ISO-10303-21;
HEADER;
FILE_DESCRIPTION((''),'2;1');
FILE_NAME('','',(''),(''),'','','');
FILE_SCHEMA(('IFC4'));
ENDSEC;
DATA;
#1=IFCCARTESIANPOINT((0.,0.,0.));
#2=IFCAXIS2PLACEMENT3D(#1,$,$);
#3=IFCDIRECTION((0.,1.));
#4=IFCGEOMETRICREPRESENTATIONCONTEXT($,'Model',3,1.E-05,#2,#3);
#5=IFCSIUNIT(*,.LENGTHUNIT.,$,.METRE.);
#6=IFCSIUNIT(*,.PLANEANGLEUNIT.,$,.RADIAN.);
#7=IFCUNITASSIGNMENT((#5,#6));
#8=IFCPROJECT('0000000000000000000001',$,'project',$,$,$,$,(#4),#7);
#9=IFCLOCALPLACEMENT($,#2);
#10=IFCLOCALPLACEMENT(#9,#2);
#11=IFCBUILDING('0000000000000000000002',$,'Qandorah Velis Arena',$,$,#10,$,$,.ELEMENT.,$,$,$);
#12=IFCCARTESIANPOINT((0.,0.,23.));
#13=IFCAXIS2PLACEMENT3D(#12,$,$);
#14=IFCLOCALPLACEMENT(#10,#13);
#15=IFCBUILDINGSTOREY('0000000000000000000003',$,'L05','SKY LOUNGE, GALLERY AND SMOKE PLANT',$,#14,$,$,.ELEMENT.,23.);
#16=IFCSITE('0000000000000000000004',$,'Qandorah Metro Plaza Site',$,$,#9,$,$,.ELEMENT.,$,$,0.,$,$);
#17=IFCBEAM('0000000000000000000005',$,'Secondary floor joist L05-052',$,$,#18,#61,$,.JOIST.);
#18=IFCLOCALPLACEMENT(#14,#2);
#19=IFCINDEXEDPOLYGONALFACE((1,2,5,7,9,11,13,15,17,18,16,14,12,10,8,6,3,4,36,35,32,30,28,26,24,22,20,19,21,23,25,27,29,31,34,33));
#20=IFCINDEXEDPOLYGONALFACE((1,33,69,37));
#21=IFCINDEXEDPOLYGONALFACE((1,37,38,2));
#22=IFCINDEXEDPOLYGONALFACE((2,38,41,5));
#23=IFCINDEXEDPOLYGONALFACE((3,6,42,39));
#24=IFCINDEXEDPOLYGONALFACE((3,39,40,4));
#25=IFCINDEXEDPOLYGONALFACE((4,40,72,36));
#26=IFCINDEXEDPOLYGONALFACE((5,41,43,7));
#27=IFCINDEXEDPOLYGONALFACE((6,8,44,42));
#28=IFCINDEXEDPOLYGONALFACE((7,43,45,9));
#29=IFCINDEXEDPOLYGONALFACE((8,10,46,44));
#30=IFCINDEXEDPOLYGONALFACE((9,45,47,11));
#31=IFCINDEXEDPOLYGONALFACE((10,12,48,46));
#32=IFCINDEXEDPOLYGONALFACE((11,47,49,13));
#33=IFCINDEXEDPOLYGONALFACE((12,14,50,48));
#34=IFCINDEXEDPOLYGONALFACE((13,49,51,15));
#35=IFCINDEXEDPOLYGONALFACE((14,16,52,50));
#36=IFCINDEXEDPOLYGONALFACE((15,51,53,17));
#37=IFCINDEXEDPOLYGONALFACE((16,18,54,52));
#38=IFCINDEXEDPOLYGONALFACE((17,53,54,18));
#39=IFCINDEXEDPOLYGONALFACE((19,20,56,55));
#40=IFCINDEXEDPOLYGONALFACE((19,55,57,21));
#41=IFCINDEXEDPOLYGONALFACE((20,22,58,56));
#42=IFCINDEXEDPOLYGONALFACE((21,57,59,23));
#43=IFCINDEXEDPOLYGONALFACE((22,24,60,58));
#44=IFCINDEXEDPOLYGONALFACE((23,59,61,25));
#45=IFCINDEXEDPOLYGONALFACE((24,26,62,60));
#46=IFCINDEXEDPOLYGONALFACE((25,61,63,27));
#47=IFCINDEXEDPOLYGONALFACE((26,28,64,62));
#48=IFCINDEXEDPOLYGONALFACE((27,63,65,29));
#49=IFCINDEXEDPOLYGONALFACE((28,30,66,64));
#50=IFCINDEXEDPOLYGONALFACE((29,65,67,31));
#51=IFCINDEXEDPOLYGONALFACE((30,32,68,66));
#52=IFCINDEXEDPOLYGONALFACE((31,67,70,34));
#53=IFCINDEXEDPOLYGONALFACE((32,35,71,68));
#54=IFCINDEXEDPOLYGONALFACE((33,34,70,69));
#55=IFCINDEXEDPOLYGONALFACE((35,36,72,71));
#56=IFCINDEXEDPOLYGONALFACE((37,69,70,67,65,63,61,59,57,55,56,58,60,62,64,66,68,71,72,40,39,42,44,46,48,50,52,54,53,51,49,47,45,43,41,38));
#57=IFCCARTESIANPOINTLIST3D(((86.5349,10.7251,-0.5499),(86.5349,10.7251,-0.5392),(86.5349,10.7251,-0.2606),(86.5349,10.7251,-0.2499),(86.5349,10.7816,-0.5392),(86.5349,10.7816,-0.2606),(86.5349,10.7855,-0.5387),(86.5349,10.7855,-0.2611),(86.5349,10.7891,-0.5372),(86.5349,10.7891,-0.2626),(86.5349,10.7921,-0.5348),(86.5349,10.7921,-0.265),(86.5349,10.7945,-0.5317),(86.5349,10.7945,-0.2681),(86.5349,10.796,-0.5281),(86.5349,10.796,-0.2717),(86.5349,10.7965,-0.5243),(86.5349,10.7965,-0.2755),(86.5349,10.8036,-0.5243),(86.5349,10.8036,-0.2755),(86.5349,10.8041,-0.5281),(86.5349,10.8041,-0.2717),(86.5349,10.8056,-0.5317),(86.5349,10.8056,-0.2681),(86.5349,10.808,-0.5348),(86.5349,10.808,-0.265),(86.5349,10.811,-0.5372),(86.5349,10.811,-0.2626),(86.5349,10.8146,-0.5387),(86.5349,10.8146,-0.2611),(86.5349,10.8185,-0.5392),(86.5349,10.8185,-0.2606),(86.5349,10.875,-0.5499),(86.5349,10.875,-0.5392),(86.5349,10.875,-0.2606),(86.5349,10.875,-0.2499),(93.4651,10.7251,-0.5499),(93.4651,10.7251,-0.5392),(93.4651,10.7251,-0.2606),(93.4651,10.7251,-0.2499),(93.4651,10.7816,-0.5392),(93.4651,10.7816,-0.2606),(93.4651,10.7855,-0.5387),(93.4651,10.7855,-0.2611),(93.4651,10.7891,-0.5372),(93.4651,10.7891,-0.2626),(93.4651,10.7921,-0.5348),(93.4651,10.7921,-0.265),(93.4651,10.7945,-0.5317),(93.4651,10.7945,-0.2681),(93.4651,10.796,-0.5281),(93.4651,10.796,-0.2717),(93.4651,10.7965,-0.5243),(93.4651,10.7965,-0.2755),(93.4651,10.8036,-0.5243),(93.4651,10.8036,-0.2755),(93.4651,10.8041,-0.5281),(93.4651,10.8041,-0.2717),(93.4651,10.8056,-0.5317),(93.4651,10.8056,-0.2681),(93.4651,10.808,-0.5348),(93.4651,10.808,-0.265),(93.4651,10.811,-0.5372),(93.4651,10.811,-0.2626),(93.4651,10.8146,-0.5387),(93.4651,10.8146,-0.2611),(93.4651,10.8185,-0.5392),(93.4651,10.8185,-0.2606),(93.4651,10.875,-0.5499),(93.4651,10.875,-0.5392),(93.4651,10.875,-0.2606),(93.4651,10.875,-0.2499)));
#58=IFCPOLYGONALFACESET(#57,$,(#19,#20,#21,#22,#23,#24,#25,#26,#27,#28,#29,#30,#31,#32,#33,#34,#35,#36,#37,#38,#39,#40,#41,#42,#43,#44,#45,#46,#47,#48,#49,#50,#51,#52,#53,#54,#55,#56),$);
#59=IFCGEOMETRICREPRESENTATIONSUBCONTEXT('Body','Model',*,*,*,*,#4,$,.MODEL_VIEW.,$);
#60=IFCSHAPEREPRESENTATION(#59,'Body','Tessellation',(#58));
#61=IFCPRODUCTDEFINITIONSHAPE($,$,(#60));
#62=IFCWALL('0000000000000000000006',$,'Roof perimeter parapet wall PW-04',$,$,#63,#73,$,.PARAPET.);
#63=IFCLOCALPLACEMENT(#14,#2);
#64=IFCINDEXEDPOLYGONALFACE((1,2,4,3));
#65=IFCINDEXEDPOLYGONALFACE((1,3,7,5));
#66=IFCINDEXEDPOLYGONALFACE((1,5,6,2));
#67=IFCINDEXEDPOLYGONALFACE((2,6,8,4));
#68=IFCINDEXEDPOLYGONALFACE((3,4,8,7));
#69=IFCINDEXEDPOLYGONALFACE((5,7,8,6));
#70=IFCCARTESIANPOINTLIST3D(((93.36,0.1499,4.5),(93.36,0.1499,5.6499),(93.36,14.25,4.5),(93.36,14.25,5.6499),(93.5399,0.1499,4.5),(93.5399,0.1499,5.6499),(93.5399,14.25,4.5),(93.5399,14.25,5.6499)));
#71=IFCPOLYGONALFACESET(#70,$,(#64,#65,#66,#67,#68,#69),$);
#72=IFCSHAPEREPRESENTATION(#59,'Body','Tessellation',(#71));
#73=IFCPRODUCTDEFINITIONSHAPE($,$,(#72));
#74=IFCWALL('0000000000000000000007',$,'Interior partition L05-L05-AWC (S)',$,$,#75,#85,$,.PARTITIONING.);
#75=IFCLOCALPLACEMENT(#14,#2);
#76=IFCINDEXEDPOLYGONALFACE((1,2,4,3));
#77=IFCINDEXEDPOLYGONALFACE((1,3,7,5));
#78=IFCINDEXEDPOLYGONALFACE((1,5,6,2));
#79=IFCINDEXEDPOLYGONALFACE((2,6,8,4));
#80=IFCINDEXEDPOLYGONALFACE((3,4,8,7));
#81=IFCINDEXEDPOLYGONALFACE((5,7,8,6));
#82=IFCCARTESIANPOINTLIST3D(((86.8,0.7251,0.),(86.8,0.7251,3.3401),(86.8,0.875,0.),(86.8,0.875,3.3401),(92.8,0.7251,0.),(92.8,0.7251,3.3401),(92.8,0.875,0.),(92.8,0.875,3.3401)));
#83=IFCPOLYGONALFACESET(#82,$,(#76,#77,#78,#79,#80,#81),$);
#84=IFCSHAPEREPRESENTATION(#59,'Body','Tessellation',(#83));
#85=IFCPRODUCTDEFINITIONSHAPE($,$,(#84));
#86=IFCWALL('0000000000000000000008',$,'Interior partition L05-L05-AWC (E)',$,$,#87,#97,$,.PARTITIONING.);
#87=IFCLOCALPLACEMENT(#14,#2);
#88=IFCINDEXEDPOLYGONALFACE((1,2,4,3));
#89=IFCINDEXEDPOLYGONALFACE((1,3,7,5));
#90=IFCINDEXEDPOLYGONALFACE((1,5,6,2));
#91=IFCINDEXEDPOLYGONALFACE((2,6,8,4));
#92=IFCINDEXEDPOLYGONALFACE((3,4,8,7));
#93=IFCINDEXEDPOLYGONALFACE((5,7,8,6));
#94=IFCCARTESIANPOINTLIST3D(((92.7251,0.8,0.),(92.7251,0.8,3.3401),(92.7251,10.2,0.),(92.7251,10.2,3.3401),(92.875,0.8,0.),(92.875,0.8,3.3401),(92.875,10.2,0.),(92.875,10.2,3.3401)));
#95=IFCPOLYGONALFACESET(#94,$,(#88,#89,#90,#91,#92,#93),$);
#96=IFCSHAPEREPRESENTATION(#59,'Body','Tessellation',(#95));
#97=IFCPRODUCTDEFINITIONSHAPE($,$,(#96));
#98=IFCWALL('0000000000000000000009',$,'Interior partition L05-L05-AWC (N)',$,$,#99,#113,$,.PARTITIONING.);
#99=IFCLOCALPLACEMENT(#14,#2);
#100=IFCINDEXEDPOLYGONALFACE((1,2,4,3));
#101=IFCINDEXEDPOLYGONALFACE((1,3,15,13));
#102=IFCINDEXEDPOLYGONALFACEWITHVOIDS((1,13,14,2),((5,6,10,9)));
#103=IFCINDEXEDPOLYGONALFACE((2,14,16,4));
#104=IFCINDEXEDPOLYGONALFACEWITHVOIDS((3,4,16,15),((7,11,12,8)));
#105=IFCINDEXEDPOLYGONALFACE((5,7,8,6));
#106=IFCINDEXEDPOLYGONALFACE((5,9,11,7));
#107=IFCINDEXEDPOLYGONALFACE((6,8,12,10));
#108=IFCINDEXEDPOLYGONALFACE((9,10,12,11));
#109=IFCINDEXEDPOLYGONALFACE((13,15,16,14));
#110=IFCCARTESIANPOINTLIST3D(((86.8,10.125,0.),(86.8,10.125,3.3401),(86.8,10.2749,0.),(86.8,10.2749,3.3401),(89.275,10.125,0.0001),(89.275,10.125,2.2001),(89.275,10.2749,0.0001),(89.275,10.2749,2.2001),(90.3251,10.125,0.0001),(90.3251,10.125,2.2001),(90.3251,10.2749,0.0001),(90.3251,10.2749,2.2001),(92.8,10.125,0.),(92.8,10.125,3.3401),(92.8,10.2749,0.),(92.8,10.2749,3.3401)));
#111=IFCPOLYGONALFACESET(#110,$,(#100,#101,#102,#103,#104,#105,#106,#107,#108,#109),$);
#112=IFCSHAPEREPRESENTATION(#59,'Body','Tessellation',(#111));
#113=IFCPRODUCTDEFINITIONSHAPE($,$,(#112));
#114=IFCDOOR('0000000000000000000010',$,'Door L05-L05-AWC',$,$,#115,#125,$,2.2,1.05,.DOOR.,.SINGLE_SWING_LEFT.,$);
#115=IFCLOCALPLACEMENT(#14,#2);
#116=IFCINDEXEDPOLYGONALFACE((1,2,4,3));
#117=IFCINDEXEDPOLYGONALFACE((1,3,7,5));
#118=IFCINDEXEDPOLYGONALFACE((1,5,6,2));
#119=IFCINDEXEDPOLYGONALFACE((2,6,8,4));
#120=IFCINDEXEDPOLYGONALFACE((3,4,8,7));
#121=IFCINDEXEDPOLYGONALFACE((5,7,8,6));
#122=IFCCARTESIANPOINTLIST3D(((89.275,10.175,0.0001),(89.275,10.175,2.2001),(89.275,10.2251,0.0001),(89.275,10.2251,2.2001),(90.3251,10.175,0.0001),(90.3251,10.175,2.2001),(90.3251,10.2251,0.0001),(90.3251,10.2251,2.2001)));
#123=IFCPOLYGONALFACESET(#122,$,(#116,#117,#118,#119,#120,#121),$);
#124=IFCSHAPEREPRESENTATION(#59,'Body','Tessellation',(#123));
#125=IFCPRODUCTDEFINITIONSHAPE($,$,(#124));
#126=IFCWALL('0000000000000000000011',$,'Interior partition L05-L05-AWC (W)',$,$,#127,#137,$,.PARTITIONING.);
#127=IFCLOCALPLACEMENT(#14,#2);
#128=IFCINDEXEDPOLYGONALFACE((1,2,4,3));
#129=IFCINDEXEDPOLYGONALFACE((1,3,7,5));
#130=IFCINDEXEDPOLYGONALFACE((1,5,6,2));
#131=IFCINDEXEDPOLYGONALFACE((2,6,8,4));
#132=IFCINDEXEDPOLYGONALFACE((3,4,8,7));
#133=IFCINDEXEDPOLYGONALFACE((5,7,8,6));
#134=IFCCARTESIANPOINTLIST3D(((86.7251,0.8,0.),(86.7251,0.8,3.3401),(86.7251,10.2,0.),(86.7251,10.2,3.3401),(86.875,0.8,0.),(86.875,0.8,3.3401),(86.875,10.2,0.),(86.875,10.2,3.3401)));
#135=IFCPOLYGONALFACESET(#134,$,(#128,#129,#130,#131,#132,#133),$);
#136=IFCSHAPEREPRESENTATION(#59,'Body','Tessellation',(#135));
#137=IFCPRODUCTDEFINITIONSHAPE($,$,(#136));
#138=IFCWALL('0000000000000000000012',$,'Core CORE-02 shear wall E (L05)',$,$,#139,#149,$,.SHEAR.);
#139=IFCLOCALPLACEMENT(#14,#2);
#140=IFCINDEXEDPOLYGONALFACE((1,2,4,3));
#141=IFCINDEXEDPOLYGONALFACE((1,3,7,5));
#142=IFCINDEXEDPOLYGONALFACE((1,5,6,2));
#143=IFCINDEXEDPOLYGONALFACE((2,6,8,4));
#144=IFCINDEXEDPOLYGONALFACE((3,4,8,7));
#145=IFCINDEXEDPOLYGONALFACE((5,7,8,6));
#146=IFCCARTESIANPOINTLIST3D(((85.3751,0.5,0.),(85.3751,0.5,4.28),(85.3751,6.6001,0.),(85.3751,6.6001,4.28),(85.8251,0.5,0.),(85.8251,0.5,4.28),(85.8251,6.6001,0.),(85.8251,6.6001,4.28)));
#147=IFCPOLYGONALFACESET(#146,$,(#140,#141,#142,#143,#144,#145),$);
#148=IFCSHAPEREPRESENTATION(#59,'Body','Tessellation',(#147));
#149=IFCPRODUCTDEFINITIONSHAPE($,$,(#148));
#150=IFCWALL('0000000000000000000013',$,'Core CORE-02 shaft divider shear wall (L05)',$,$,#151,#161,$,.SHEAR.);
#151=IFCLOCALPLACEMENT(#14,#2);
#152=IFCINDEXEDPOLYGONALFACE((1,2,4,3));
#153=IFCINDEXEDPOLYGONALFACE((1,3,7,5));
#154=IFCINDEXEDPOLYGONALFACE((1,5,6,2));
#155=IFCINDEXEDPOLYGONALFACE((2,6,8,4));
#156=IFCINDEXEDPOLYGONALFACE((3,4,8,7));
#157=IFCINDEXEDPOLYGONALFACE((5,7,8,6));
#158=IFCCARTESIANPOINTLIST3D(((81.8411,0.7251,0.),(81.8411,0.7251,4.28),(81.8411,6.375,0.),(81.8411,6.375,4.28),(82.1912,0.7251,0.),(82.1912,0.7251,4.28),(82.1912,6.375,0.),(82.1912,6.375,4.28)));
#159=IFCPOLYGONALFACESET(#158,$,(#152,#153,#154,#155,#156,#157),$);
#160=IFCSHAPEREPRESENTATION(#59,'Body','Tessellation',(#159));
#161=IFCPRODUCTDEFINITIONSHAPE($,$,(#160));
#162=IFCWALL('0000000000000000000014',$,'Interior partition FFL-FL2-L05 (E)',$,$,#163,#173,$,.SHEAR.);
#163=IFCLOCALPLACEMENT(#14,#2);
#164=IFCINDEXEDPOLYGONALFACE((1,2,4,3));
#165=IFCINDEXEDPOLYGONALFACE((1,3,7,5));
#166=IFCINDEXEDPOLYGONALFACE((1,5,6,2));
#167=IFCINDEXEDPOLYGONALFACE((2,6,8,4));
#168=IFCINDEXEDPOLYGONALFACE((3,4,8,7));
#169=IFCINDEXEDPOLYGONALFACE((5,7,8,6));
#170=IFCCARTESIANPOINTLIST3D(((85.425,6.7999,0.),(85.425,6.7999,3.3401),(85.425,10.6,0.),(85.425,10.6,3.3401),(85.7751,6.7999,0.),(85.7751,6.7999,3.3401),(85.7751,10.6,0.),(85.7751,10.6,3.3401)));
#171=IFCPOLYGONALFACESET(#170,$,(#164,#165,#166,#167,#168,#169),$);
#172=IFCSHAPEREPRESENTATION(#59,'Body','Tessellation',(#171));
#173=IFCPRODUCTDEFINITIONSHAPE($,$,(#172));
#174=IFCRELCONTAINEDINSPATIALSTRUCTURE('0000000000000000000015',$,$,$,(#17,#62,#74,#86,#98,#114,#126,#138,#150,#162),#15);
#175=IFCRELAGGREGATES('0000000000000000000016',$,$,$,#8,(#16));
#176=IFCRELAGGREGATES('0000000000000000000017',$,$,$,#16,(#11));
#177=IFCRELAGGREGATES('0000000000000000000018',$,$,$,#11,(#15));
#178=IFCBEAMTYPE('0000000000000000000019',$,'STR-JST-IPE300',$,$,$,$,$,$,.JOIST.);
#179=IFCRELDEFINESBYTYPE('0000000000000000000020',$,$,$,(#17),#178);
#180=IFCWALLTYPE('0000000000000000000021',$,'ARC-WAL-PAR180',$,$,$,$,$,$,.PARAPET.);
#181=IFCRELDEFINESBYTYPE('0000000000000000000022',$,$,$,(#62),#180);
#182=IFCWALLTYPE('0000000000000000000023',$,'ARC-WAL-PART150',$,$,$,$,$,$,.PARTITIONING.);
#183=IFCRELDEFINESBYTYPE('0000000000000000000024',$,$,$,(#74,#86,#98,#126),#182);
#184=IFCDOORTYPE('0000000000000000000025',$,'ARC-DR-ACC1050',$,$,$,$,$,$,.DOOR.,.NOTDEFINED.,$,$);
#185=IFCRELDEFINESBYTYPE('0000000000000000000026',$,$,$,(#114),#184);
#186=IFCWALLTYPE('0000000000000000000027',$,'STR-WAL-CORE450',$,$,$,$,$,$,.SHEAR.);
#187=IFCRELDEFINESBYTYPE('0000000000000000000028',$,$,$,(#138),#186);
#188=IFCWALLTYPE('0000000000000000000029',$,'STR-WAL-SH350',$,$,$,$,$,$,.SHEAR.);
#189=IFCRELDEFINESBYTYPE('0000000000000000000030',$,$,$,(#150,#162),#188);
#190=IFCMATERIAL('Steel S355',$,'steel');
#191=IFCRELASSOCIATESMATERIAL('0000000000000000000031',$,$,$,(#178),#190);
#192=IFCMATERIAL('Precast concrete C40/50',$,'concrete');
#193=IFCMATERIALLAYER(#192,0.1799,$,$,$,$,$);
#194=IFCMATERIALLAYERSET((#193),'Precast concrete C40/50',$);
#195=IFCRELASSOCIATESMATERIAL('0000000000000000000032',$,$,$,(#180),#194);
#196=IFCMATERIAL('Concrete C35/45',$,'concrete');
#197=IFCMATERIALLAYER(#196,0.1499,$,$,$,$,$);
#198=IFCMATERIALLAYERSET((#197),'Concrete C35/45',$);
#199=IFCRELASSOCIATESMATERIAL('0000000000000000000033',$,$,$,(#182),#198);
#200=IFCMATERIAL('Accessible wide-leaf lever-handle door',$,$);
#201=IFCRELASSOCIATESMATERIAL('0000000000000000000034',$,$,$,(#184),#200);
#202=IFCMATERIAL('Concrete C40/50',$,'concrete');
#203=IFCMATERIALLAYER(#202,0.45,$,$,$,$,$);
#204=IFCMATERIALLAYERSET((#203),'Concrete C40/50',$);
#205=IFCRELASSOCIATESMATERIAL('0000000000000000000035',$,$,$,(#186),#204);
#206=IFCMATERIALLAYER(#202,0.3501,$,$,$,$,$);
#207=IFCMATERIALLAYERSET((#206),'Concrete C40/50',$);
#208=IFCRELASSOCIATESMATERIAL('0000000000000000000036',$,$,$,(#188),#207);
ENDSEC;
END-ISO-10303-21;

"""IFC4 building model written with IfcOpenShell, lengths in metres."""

from ifc_helpers import new_model, si_unit, direction, frame, frame_2d, origin, origin_2d, place, context, subcontext, project, spatial, rectangle, i_section, extrude, material, layer, layer_set, material_profile, profile_set, type_object, element, fill, save


model = new_model("IFC4")

# Units and contexts
model_context = context("Model", 3, precision=1e-05, world=origin(), true_north=direction((0.0, 1.0)))
body_context = subcontext(model_context, "Body", "Model", "MODEL_VIEW")
ifc_project = project(units=[si_unit("LENGTHUNIT", "METRE"), si_unit("PLANEANGLEUNIT", "RADIAN")], contexts=[model_context])

# Site, building, storey
site_placement = place(None, origin())
site = spatial("IfcSite", under=ifc_project, at=site_placement, Name="Qandorah Metro Plaza Site", CompositionType="ELEMENT", RefElevation=0.0)
building_placement = place(site_placement, origin())
building = spatial("IfcBuilding", under=site, at=building_placement, Name="Qandorah Velis Arena", CompositionType="ELEMENT")
storey_placement = place(building_placement, frame((0.0, 0.0, 23.0)))
storey = spatial("IfcBuildingStorey", under=building, at=storey_placement, Name="L05", Description="SKY LOUNGE, GALLERY AND SMOKE PLANT", CompositionType="ELEMENT", Elevation=23.0)

# Shared definitions
ifc_material_1 = material(Name="Concrete C40/50", Category="concrete")

# Beam
ifc_material_2 = material(Name="Steel S355", Category="steel")
ifc_material_profile_1 = material_profile(ifc_material_2, i_section(OverallWidth=0.1499, OverallDepth=0.3, WebThickness=0.0071, FlangeThickness=0.0107, FilletRadius=0.0149, at=origin_2d()), Name="IPE 300")
ifc_profile_set_1 = profile_set([ifc_material_profile_1], Name="Steel S355")
beam_type_1 = type_object("IfcBeamType", Name="STR-JST-IPE300", PredefinedType="JOIST", material=ifc_profile_set_1)
for number, where, z_axis, x_axis, name in (
    (1, (86.5349, 10.8, -0.3999), (1.0, 0.0, 0.0), (0.0, 1.0, 0.0), "Secondary floor joist L05-052"),
):
    element("IfcBeam", number, at=place(storey_placement, frame(where, z_axis=z_axis, x_axis=x_axis)), inside=storey, type_object=beam_type_1, Name=name, PredefinedType="JOIST", context=body_context, shape_type="SweptSolid", body=[
        extrude(i_section(OverallWidth=0.1499, OverallDepth=0.3, WebThickness=0.0071, FlangeThickness=0.0107, FilletRadius=0.0149, at=origin_2d()), origin(), (0.0, 0.0, 1.0), 6.9302),
    ])

# Walls
ifc_material_3 = material(Name="Precast concrete C40/50", Category="concrete")
ifc_layer_1 = layer(ifc_material_3, 0.1799)
ifc_layer_set_1 = layer_set([ifc_layer_1], Name="Precast concrete C40/50")
wall_type_1 = type_object("IfcWallType", Name="ARC-WAL-PAR180", PredefinedType="PARAPET", material=ifc_layer_set_1)
wall_1_placement = place(storey_placement, frame((93.45, 0.1499, 4.5), z_axis=(0.0, 0.0, 1.0), x_axis=(0.0, 1.0, 0.0)))
element("IfcWall", 2, at=wall_1_placement, inside=storey, type_object=wall_type_1, Name="Roof perimeter parapet wall PW-04", PredefinedType="PARAPET", context=body_context, shape_type="SweptSolid", body=[
    extrude(rectangle(XDim=14.1001, YDim=0.1799, at=frame_2d((7.05, 0.0))), origin(), (0.0, 0.0, 1.0), 1.1499),
])
ifc_material_4 = material(Name="Concrete C35/45", Category="concrete")
ifc_layer_2 = layer(ifc_material_4, 0.1499)
ifc_layer_set_2 = layer_set([ifc_layer_2], Name="Concrete C35/45")
wall_type_2 = type_object("IfcWallType", Name="ARC-WAL-PART150", PredefinedType="PARTITIONING", material=ifc_layer_set_2)
wall_2_placement = place(storey_placement, frame((86.8, 0.8, 0.0), z_axis=(0.0, 0.0, 1.0), x_axis=(1.0, 0.0, 0.0)))
element("IfcWall", 3, at=wall_2_placement, inside=storey, type_object=wall_type_2, Name="Interior partition L05-L05-AWC (S)", PredefinedType="PARTITIONING", context=body_context, shape_type="SweptSolid", body=[
    extrude(rectangle(XDim=6.0, YDim=0.1499, at=frame_2d((3.0, 0.0))), origin(), (0.0, 0.0, 1.0), 3.3401),
])
wall_3_placement = place(storey_placement, frame((92.8, 0.8, 0.0), z_axis=(0.0, 0.0, 1.0), x_axis=(0.0, 1.0, 0.0)))
element("IfcWall", 4, at=wall_3_placement, inside=storey, type_object=wall_type_2, Name="Interior partition L05-L05-AWC (E)", PredefinedType="PARTITIONING", context=body_context, shape_type="SweptSolid", body=[
    extrude(rectangle(XDim=9.3999, YDim=0.1499, at=frame_2d((4.7, 0.0))), origin(), (0.0, 0.0, 1.0), 3.3401),
])

# Wall, opening, door
wall_4_placement = place(storey_placement, frame((92.8, 10.2, 0.0), z_axis=(0.0, 0.0, 1.0), x_axis=(-1.0, 0.0, 0.0)))
wall_4 = element("IfcWall", 5, at=wall_4_placement, inside=storey, type_object=wall_type_2, Name="Interior partition L05-L05-AWC (N)", PredefinedType="PARTITIONING", context=body_context, shape_type="SweptSolid", body=[
    extrude(rectangle(XDim=6.0, YDim=0.1499, at=frame_2d((3.0, 0.0))), origin(), (0.0, 0.0, 1.0), 3.3401),
])
opening_1_placement = place(wall_4_placement, frame((2.4751, 0.0, 0.0)))
opening_1 = element("IfcOpeningElement", 6, at=opening_1_placement, cuts=wall_4, PredefinedType="OPENING", context=body_context, shape_type="SweptSolid", body=[
    extrude(rectangle(XDim=1.05, YDim=2.2, at=frame_2d((0.5249, 1.1001))), frame((0.0, 0.085, 0.0), z_axis=(0.0, -1.0, 0.0), x_axis=(1.0, 0.0, 0.0)), (0.0, 0.0, 1.0), 0.1699),
])
ifc_material_5 = material(Name="Accessible wide-leaf lever-handle door")
door_type_1 = type_object("IfcDoorType", Name="ARC-DR-ACC1050", OperationType="NOTDEFINED", PredefinedType="DOOR", material=ifc_material_5)
door_1_placement = place(opening_1_placement, origin())
door_1 = element("IfcDoor", 7, at=door_1_placement, inside=storey, type_object=door_type_1, Name="Door L05-L05-AWC", OperationType="SINGLE_SWING_LEFT", OverallHeight=2.2, OverallWidth=1.05, PredefinedType="DOOR", context=body_context, shape_type="SweptSolid", body=[
    extrude(rectangle(XDim=1.05, YDim=2.2, at=frame_2d((0.5249, 1.1001))), frame((0.0, 0.0249, 0.0), z_axis=(0.0, -1.0, 0.0), x_axis=(1.0, 0.0, 0.0)), (0.0, 0.0, 1.0), 0.05),
])
fill(opening_1, door_1)

# Walls
wall_5_placement = place(storey_placement, frame((86.8, 10.2, 0.0), z_axis=(0.0, 0.0, 1.0), x_axis=(0.0, -1.0, 0.0)))
element("IfcWall", 8, at=wall_5_placement, inside=storey, type_object=wall_type_2, Name="Interior partition L05-L05-AWC (W)", PredefinedType="PARTITIONING", context=body_context, shape_type="SweptSolid", body=[
    extrude(rectangle(XDim=9.3999, YDim=0.1499, at=frame_2d((4.7, 0.0))), origin(), (0.0, 0.0, 1.0), 3.3401),
])
ifc_layer_3 = layer(ifc_material_1, 0.45)
ifc_layer_set_3 = layer_set([ifc_layer_3], Name="Concrete C40/50")
wall_type_3 = type_object("IfcWallType", Name="STR-WAL-CORE450", PredefinedType="SHEAR", material=ifc_layer_set_3)
wall_6_placement = place(storey_placement, frame((85.6001, 0.5, 0.0), z_axis=(0.0, 0.0, 1.0), x_axis=(0.0, 1.0, 0.0)))
element("IfcWall", 9, at=wall_6_placement, inside=storey, type_object=wall_type_3, Name="Core CORE-02 shear wall E (L05)", PredefinedType="SHEAR", context=body_context, shape_type="SweptSolid", body=[
    extrude(rectangle(XDim=6.1001, YDim=0.45, at=frame_2d((3.05, 0.0))), origin(), (0.0, 0.0, 1.0), 4.28),
])
ifc_layer_4 = layer(ifc_material_1, 0.3501)
ifc_layer_set_4 = layer_set([ifc_layer_4], Name="Concrete C40/50")
wall_type_4 = type_object("IfcWallType", Name="STR-WAL-SH350", PredefinedType="SHEAR", material=ifc_layer_set_4)
wall_7_placement = place(storey_placement, frame((82.0161, 0.7251, 0.0), z_axis=(0.0, 0.0, 1.0), x_axis=(0.0, 1.0, 0.0)))
element("IfcWall", 10, at=wall_7_placement, inside=storey, type_object=wall_type_4, Name="Core CORE-02 shaft divider shear wall (L05)", PredefinedType="SHEAR", context=body_context, shape_type="SweptSolid", body=[
    extrude(rectangle(XDim=5.6499, YDim=0.3501, at=frame_2d((2.825, 0.0))), origin(), (0.0, 0.0, 1.0), 4.28),
])
wall_8_placement = place(storey_placement, frame((85.6001, 6.8, 0.0), z_axis=(0.0, 0.0, 1.0), x_axis=(0.0, 1.0, 0.0)))
element("IfcWall", 11, at=wall_8_placement, inside=storey, type_object=wall_type_4, Name="Interior partition FFL-FL2-L05 (E)", PredefinedType="SHEAR", context=body_context, shape_type="SweptSolid", body=[
    extrude(rectangle(XDim=3.8, YDim=0.3501, at=frame_2d((1.8999, 0.0))), origin(), (0.0, 0.0, 1.0), 3.3401),
])

save(model, "model.ifc")
